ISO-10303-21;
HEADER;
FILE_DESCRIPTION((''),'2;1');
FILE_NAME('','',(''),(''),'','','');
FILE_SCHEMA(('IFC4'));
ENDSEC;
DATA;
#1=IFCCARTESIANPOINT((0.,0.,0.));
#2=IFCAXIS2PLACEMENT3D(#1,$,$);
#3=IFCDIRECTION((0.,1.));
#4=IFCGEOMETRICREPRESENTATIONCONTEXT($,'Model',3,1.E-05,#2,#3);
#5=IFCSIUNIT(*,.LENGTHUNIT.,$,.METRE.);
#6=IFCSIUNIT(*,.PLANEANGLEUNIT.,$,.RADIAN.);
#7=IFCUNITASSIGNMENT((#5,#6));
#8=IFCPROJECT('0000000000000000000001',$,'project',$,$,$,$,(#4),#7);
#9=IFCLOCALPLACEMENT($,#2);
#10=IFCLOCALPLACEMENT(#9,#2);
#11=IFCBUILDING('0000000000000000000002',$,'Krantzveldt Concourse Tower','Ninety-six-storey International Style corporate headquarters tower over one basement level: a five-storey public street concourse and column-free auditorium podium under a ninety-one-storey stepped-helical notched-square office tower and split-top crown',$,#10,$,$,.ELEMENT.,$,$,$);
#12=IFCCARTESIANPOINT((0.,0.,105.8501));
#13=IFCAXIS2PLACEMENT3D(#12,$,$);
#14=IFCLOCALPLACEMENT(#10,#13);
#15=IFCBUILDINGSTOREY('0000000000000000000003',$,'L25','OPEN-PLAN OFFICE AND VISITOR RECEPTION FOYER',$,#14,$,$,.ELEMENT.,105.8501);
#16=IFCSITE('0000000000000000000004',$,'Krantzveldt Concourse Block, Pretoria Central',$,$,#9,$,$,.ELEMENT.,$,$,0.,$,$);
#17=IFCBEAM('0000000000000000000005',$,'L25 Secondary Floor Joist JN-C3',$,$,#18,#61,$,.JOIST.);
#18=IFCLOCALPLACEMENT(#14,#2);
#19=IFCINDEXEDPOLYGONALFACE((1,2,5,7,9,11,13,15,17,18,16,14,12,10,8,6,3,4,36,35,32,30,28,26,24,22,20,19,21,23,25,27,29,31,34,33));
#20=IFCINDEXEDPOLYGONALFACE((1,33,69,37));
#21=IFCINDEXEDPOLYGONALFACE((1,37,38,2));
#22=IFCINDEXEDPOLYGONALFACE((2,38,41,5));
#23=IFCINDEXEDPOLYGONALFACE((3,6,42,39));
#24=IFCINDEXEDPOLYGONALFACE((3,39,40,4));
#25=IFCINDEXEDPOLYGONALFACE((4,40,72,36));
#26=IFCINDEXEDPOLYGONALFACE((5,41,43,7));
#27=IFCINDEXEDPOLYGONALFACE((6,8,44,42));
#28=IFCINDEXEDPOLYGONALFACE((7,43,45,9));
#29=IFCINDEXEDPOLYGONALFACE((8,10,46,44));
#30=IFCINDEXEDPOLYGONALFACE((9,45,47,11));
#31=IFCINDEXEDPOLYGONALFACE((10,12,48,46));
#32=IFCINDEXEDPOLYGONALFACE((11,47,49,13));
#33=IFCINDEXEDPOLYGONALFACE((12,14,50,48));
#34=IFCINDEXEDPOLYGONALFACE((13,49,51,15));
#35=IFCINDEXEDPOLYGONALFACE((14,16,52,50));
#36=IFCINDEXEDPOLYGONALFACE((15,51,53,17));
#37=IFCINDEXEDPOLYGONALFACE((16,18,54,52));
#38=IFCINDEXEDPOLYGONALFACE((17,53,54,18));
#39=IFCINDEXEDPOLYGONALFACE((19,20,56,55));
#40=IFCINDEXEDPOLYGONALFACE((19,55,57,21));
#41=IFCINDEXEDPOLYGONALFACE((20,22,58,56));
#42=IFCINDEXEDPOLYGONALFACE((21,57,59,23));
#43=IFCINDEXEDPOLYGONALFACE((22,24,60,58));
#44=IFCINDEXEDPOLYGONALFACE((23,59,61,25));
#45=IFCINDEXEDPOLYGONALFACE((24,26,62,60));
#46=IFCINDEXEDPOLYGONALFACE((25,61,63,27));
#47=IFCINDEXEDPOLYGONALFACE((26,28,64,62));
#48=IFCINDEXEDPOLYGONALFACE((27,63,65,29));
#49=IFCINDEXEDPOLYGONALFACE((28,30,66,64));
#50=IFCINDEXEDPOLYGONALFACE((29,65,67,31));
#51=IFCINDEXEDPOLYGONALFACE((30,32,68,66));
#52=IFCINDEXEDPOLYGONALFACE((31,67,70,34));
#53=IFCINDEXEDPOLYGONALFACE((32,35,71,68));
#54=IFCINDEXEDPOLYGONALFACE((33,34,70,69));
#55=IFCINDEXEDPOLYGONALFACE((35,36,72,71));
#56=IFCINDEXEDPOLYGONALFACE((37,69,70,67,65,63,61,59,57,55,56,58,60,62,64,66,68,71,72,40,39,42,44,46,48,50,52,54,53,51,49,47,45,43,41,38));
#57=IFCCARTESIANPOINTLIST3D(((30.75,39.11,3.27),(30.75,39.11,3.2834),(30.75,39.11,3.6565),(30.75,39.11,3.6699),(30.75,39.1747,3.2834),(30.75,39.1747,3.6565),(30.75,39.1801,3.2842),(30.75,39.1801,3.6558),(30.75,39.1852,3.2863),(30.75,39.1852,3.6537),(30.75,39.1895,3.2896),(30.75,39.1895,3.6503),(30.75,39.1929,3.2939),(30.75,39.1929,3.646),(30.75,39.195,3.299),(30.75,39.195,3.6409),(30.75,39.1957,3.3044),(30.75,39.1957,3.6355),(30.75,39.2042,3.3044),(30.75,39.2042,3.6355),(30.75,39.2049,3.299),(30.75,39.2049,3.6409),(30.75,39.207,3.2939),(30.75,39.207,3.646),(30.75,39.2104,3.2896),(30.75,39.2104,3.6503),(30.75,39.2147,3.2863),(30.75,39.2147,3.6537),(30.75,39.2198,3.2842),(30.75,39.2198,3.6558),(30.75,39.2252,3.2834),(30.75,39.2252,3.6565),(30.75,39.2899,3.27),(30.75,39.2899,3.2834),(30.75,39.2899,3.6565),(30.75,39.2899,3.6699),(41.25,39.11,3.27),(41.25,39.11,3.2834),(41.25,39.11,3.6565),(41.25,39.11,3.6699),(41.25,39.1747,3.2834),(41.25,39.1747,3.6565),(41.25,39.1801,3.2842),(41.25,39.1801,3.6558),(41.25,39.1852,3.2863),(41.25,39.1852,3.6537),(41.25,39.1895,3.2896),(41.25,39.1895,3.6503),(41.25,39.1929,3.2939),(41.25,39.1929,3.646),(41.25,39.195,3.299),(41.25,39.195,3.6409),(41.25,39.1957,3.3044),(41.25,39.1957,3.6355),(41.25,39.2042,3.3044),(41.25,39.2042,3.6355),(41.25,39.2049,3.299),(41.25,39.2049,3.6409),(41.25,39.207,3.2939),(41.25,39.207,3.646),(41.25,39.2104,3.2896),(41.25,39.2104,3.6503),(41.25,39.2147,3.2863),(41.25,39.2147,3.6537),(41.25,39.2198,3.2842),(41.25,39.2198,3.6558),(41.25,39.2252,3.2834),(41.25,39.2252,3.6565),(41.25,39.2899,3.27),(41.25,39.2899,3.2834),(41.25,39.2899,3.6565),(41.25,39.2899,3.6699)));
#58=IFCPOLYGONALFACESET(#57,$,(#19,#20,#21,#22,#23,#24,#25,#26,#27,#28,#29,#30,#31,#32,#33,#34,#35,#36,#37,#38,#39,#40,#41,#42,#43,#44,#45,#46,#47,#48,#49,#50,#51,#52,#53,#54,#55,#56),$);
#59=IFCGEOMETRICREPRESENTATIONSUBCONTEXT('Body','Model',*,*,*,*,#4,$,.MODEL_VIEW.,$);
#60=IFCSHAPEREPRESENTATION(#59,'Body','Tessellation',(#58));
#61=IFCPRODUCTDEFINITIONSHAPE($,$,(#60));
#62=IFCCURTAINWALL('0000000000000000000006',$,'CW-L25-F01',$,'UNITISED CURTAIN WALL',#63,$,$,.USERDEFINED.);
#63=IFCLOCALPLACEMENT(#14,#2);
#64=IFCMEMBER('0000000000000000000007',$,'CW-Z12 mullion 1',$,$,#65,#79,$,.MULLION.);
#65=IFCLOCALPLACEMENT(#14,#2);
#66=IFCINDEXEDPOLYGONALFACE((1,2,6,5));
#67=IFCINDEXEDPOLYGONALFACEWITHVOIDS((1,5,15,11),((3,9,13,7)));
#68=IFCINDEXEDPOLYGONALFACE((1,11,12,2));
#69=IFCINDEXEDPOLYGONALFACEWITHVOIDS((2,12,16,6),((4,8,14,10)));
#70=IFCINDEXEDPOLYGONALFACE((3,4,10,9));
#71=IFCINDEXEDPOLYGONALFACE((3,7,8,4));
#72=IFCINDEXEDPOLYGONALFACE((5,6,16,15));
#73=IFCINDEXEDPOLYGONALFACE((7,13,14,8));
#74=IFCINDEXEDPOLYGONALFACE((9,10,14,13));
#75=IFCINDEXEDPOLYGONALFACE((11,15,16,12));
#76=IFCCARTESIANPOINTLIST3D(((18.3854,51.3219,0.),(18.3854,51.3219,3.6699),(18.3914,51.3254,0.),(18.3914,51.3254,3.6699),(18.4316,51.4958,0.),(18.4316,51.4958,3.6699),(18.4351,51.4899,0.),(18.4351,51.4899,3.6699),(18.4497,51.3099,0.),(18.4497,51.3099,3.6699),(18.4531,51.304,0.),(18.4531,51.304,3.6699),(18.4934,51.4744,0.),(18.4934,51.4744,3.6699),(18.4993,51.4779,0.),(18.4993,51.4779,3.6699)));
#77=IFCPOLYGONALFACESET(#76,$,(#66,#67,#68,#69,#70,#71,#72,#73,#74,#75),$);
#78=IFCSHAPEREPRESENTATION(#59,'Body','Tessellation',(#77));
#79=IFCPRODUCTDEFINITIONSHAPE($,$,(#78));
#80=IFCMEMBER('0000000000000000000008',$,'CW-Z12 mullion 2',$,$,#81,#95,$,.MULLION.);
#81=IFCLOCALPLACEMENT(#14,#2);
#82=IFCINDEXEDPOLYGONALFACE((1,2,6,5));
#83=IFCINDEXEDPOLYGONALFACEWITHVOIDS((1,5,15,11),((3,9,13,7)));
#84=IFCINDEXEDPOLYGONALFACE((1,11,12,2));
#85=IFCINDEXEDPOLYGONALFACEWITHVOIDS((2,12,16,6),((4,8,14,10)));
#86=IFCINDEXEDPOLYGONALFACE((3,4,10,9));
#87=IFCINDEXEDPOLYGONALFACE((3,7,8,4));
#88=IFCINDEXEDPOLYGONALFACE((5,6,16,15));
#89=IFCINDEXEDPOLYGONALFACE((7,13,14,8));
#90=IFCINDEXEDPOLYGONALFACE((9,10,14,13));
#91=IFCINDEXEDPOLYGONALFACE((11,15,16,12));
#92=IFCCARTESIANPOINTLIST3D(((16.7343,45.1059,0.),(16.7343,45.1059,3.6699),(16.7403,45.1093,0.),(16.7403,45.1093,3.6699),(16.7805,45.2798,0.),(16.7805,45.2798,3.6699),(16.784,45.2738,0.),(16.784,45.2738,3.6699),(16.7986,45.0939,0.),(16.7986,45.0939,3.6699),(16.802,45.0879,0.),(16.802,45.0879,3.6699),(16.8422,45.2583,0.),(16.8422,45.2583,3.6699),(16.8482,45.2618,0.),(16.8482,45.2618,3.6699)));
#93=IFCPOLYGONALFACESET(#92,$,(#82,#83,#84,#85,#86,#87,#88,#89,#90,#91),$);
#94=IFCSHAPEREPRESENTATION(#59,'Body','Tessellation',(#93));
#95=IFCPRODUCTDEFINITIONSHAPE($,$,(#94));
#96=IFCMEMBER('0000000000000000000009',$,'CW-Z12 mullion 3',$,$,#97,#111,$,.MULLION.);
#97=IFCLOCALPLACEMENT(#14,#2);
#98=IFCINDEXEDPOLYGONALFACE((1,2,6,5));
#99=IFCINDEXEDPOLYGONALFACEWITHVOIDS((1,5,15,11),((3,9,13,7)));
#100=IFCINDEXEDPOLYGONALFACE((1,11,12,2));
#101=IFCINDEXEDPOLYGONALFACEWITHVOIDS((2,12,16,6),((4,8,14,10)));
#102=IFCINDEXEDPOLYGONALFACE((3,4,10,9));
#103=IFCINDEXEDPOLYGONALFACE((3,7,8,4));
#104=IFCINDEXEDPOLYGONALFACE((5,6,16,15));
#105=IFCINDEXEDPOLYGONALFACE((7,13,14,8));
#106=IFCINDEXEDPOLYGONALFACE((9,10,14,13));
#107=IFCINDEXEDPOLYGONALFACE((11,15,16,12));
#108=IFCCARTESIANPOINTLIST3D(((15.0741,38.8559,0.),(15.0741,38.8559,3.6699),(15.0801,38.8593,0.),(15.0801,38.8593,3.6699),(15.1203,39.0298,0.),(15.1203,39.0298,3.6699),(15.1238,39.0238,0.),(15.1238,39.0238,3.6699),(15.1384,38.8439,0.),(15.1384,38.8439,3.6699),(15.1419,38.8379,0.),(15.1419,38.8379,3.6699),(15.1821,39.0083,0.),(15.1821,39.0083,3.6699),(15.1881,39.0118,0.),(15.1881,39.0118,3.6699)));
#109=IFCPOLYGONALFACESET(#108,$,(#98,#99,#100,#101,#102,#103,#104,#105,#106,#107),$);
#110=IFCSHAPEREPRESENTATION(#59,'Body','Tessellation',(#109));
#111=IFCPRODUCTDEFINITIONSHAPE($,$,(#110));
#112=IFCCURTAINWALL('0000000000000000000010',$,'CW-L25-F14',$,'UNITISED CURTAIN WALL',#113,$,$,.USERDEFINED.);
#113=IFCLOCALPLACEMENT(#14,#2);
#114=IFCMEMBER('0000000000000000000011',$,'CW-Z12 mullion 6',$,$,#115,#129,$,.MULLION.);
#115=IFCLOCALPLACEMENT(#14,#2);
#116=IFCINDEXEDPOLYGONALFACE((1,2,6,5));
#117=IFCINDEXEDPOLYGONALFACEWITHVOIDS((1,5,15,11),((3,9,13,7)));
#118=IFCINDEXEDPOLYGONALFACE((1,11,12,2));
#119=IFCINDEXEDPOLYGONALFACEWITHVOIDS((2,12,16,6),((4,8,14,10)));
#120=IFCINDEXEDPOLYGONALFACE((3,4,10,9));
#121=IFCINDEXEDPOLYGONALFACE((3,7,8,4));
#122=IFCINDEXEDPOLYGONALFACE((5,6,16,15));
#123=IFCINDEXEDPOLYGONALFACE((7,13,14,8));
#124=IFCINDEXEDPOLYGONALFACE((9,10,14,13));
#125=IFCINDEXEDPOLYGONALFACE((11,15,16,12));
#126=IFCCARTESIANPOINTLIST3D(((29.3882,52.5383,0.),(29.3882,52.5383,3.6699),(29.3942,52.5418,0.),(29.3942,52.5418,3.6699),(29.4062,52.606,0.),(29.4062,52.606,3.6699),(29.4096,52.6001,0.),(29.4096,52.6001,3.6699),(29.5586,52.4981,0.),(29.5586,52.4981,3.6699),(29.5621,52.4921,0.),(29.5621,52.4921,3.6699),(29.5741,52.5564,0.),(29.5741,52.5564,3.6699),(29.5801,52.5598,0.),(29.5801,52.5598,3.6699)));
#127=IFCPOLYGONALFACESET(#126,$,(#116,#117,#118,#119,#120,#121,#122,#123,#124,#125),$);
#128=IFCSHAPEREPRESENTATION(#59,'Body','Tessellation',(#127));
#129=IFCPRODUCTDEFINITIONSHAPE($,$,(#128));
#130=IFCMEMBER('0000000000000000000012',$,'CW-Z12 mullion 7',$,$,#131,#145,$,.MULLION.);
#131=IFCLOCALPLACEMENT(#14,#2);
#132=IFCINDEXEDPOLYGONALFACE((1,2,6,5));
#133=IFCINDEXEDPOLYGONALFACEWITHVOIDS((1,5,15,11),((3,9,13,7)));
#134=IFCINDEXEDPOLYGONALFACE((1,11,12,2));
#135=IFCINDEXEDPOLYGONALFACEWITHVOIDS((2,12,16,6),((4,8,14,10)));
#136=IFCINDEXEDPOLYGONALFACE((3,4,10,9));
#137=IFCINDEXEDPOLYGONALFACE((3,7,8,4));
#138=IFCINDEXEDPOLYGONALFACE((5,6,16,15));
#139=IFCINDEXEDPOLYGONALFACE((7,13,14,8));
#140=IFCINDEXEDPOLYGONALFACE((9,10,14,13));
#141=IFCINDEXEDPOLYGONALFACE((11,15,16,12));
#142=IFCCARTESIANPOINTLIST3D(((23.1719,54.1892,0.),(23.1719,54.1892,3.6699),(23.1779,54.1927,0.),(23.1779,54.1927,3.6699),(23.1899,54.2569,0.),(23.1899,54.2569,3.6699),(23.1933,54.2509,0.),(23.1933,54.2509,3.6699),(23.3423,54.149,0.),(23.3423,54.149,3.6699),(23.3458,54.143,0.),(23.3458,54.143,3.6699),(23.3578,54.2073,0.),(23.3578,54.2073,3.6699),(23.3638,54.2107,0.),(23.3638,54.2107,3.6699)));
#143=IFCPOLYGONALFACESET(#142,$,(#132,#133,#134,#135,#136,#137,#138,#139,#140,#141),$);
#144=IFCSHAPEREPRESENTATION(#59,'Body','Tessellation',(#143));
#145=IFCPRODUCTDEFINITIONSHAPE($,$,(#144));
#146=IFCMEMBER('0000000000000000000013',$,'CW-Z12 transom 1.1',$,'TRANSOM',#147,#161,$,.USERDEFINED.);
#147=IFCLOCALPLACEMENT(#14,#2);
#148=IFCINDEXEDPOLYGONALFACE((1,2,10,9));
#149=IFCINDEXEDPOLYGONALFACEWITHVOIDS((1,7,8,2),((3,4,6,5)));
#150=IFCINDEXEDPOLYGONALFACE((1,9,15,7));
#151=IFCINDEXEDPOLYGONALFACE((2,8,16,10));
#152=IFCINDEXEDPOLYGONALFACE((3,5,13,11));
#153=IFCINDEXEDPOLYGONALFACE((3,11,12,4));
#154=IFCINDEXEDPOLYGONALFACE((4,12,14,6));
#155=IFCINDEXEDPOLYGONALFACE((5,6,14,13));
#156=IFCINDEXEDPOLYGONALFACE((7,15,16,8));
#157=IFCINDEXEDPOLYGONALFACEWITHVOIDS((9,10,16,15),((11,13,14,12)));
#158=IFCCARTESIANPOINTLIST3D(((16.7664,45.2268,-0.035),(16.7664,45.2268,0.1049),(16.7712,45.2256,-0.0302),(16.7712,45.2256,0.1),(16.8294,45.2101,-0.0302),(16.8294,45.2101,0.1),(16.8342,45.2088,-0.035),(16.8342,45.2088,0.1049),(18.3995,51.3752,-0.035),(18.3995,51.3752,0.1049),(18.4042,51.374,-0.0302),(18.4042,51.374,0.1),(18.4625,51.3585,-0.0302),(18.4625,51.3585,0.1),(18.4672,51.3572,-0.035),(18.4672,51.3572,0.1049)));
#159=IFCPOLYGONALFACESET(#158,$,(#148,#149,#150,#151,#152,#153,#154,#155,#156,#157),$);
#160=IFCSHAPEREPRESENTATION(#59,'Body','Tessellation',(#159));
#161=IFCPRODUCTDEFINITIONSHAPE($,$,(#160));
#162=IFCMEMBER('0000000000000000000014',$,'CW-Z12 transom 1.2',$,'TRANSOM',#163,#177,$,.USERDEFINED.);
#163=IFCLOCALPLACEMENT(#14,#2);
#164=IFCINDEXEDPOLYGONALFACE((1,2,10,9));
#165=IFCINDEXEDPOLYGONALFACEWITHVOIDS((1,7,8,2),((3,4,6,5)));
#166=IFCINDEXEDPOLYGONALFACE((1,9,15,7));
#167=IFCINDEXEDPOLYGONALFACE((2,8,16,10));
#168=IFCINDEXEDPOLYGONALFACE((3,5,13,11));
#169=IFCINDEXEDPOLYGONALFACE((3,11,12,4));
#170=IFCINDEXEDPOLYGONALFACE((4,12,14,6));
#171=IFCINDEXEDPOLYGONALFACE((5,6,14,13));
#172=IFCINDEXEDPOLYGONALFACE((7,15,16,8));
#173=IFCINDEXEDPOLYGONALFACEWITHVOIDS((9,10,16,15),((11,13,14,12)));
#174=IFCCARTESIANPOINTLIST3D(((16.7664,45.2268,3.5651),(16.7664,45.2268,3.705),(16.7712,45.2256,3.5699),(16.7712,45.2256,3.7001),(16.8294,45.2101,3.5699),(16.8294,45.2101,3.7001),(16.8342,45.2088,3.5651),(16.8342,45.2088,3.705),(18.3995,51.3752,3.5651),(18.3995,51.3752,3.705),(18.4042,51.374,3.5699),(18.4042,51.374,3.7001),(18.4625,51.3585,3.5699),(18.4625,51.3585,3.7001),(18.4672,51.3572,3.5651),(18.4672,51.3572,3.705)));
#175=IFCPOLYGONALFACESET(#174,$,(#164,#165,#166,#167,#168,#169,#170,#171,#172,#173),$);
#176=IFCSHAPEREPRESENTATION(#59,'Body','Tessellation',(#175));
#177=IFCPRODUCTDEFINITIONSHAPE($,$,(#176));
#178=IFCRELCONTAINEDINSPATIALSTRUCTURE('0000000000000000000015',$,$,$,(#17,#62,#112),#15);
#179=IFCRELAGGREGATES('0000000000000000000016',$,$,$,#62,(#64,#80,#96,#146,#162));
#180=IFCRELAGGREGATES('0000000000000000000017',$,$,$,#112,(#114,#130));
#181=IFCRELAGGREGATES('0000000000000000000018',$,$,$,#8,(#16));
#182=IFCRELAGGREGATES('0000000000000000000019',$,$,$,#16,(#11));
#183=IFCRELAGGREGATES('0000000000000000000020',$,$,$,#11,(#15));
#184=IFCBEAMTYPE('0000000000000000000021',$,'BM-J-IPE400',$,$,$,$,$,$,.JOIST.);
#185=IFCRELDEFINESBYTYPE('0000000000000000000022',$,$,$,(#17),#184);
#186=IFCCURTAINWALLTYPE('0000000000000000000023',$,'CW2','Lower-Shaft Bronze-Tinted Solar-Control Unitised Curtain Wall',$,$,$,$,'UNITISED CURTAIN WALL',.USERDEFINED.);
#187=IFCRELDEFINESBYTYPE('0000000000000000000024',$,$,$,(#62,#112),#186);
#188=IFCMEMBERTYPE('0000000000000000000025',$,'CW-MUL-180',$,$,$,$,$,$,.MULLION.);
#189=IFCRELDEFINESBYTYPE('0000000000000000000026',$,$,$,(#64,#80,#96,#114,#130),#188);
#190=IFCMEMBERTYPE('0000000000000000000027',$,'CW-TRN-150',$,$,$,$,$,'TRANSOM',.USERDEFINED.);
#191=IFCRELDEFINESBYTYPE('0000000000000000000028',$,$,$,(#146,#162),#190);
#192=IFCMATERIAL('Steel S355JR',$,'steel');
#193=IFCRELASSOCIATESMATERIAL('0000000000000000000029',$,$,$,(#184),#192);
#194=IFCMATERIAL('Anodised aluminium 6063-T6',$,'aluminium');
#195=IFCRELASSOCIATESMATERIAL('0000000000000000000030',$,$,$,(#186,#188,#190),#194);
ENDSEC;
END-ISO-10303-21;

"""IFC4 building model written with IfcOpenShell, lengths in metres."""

from ifc_helpers import new_model, si_unit, direction, frame, origin, origin_2d, place, context, subcontext, project, spatial, hollow_rectangle, i_section, extrude, source, transform, mapped, material, material_profile, profile_set, type_object, type_shapes, element, aggregate, save


model = new_model("IFC4")

# Units and contexts
model_context = context("Model", 3, precision=1e-05, world=origin(), true_north=direction((0.0, 1.0)))
body_context = subcontext(model_context, "Body", "Model", "MODEL_VIEW")
ifc_project = project(units=[si_unit("LENGTHUNIT", "METRE"), si_unit("PLANEANGLEUNIT", "RADIAN")], contexts=[model_context])

# Site, building, storey
site_placement = place(None, origin())
site = spatial("IfcSite", under=ifc_project, at=site_placement, Name="Krantzveldt Concourse Block, Pretoria Central", CompositionType="ELEMENT", RefElevation=0.0)
building_placement = place(site_placement, origin())
building = spatial("IfcBuilding", under=site, at=building_placement, Name="Krantzveldt Concourse Tower", Description="Ninety-six-storey International Style corporate headquarters tower over one basement level: a five-storey public street concourse and column-free auditorium podium under a ninety-one-storey stepped-helical notched-square office tower and split-top crown", CompositionType="ELEMENT")
storey_placement = place(building_placement, frame((0.0, 0.0, 105.8501)))
storey = spatial("IfcBuildingStorey", under=building, at=storey_placement, Name="L25", Description="OPEN-PLAN OFFICE AND VISITOR RECEPTION FOYER", CompositionType="ELEMENT", Elevation=105.8501)

# Beam
ifc_material_1 = material(Name="Steel S355JR", Category="steel")
ifc_material_profile_1 = material_profile(ifc_material_1, i_section(OverallWidth=0.1799, OverallDepth=0.3999, WebThickness=0.0085, FlangeThickness=0.0134, FilletRadius=0.021, at=origin_2d()), Name="Steel S355JR", Category="steel")
ifc_profile_set_1 = profile_set([ifc_material_profile_1], Name="Steel S355JR - IPE 400")
beam_type_1 = type_object("IfcBeamType", Name="BM-J-IPE400", PredefinedType="JOIST", material=ifc_profile_set_1)
shared_shape_1 = source(origin(), body_context, "Body", "SweptSolid", [
    extrude(i_section(OverallWidth=0.1799, OverallDepth=0.3999, WebThickness=0.0085, FlangeThickness=0.0134, FilletRadius=0.021, at=origin_2d()), origin(), (0.0, 0.0, 1.0), 10.5),
])
type_shapes(beam_type_1, [shared_shape_1])
beam_1_placement = place(storey_placement, frame((30.75, 39.2, 3.47), z_axis=(1.0, 0.0, 0.0), x_axis=(0.0, 1.0, 0.0)))
element("IfcBeam", 1, at=beam_1_placement, inside=storey, type_object=beam_type_1, Name="L25 Secondary Floor Joist JN-C3", PredefinedType="JOIST", context=body_context, shape_type="MappedRepresentation", body=[
    mapped(shared_shape_1, transform((0.0, 0.0, 0.0), x_axis=(1.0, 0.0, 0.0), y_axis=(0.0, 1.0, 0.0), z_axis=(0.0, 0.0, 1.0), scale=1.0)),
])

# Curtain walls, members
ifc_material_2 = material(Name="Anodised aluminium 6063-T6", Category="aluminium")
curtain_wall_type = type_object("IfcCurtainWallType", Name="CW2", Description="Lower-Shaft Bronze-Tinted Solar-Control Unitised Curtain Wall", ElementType="UNITISED CURTAIN WALL", PredefinedType="USERDEFINED", material=ifc_material_2)
curtain_wall_1_placement = place(storey_placement, origin())
curtain_wall_1 = element("IfcCurtainWall", 2, at=curtain_wall_1_placement, inside=storey, type_object=curtain_wall_type, Name="CW-L25-F01", ObjectType="UNITISED CURTAIN WALL", PredefinedType="USERDEFINED")
ifc_material_profile_2 = material_profile(ifc_material_2, hollow_rectangle(XDim=0.0701, YDim=0.1799, WallThickness=0.0049, at=origin_2d()), Name="Anodised aluminium 6063-T6", Category="aluminium")
ifc_profile_set_2 = profile_set([ifc_material_profile_2], Name="Anodised aluminium 6063-T6 - ALU-MULL 180x70x5")
member_type_1 = type_object("IfcMemberType", Name="CW-MUL-180", PredefinedType="MULLION", material=ifc_profile_set_2)
shared_shape_2 = source(origin(), body_context, "Body", "SweptSolid", [
    extrude(hollow_rectangle(XDim=0.0701, YDim=0.1799, WallThickness=0.0049, at=origin_2d()), origin(), (0.0, 0.0, 1.0), 3.6699),
])
type_shapes(member_type_1, [shared_shape_2])
member_1_placement = place(storey_placement, frame((18.4424, 51.3999, 0.0), z_axis=(0.0, 0.0, 1.0), x_axis=(0.966488, -0.256711, 0.0)))
member_1 = element("IfcMember", 3, at=member_1_placement, type_object=member_type_1, Name="CW-Z12 mullion 1", PredefinedType="MULLION", context=body_context, shape_type="MappedRepresentation", body=[
    mapped(shared_shape_2, transform((0.0, 0.0, 0.0), x_axis=(1.0, 0.0, 0.0), y_axis=(0.0, 1.0, 0.0), z_axis=(0.0, 0.0, 1.0), scale=1.0)),
])
member_2_placement = place(storey_placement, frame((16.7913, 45.1838, 0.0), z_axis=(0.0, 0.0, 1.0), x_axis=(0.966488, -0.256711, 0.0)))
member_2 = element("IfcMember", 4, at=member_2_placement, type_object=member_type_1, Name="CW-Z12 mullion 2", PredefinedType="MULLION", context=body_context, shape_type="MappedRepresentation", body=[
    mapped(shared_shape_2, transform((0.0, 0.0, 0.0), x_axis=(1.0, 0.0, 0.0), y_axis=(0.0, 1.0, 0.0), z_axis=(0.0, 0.0, 1.0), scale=1.0)),
])
member_3_placement = place(storey_placement, frame((15.1311, 38.9338, 0.0), z_axis=(0.0, 0.0, 1.0), x_axis=(0.966488, -0.256711, 0.0)))
member_3 = element("IfcMember", 5, at=member_3_placement, type_object=member_type_1, Name="CW-Z12 mullion 3", PredefinedType="MULLION", context=body_context, shape_type="MappedRepresentation", body=[
    mapped(shared_shape_2, transform((0.0, 0.0, 0.0), x_axis=(1.0, 0.0, 0.0), y_axis=(0.0, 1.0, 0.0), z_axis=(0.0, 0.0, 1.0), scale=1.0)),
])
curtain_wall_2_placement = place(storey_placement, origin())
curtain_wall_2 = element("IfcCurtainWall", 6, at=curtain_wall_2_placement, inside=storey, type_object=curtain_wall_type, Name="CW-L25-F14", ObjectType="UNITISED CURTAIN WALL", PredefinedType="USERDEFINED")
member_4_placement = place(storey_placement, frame((29.4841, 52.5491, 0.0), z_axis=(0.0, 0.0, 1.0), x_axis=(-0.256711, -0.966488, 0.0)))
member_4 = element("IfcMember", 7, at=member_4_placement, type_object=member_type_1, Name="CW-Z12 mullion 6", PredefinedType="MULLION", context=body_context, shape_type="MappedRepresentation", body=[
    mapped(shared_shape_2, transform((0.0, 0.0, 0.0), x_axis=(1.0, 0.0, 0.0), y_axis=(0.0, 1.0, 0.0), z_axis=(0.0, 0.0, 1.0), scale=1.0)),
])
member_5_placement = place(storey_placement, frame((23.2678, 54.2, 0.0), z_axis=(0.0, 0.0, 1.0), x_axis=(-0.256711, -0.966488, 0.0)))
member_5 = element("IfcMember", 8, at=member_5_placement, type_object=member_type_1, Name="CW-Z12 mullion 7", PredefinedType="MULLION", context=body_context, shape_type="MappedRepresentation", body=[
    mapped(shared_shape_2, transform((0.0, 0.0, 0.0), x_axis=(1.0, 0.0, 0.0), y_axis=(0.0, 1.0, 0.0), z_axis=(0.0, 0.0, 1.0), scale=1.0)),
])

# Members
ifc_material_profile_3 = material_profile(ifc_material_2, hollow_rectangle(XDim=0.0701, YDim=0.1399, WallThickness=0.0049, at=origin_2d()), Name="Anodised aluminium 6063-T6", Category="aluminium")
ifc_profile_set_3 = profile_set([ifc_material_profile_3], Name="Anodised aluminium 6063-T6 - ALU-TRAN 140x70x5")
member_type_2 = type_object("IfcMemberType", Name="CW-TRN-150", ElementType="TRANSOM", PredefinedType="USERDEFINED", material=ifc_profile_set_3)
shared_shape_3 = source(origin(), body_context, "Body", "SweptSolid", [
    extrude(hollow_rectangle(XDim=0.0701, YDim=0.1399, WallThickness=0.0049, at=origin_2d()), origin(), (0.0, 0.0, 1.0), 6.3616),
])
member_6_placement = place(storey_placement, frame((18.4333, 51.3662, 0.0349), z_axis=(-0.256705, -0.96649, 0.0), x_axis=(0.96649, -0.256705, 0.0)))
member_6 = element("IfcMember", 9, at=member_6_placement, type_object=member_type_2, Name="CW-Z12 transom 1.1", ObjectType="TRANSOM", PredefinedType="USERDEFINED", context=body_context, shape_type="MappedRepresentation", body=[
    mapped(shared_shape_3, transform((0.0, 0.0, 0.0), x_axis=(1.0, 0.0, 0.0), y_axis=(0.0, 1.0, 0.0), z_axis=(0.0, 0.0, 1.0), scale=1.0)),
])
member_7_placement = place(storey_placement, frame((18.4333, 51.3662, 3.635), z_axis=(-0.256705, -0.96649, 0.0), x_axis=(0.96649, -0.256705, 0.0)))
member_7 = element("IfcMember", 10, at=member_7_placement, type_object=member_type_2, Name="CW-Z12 transom 1.2", ObjectType="TRANSOM", PredefinedType="USERDEFINED", context=body_context, shape_type="MappedRepresentation", body=[
    mapped(shared_shape_3, transform((0.0, 0.0, 0.0), x_axis=(1.0, 0.0, 0.0), y_axis=(0.0, 1.0, 0.0), z_axis=(0.0, 0.0, 1.0), scale=1.0)),
])

aggregate(curtain_wall_1, [member_1, member_2, member_3, member_6, member_7])
aggregate(curtain_wall_2, [member_4, member_5])

save(model, "model.ifc")
